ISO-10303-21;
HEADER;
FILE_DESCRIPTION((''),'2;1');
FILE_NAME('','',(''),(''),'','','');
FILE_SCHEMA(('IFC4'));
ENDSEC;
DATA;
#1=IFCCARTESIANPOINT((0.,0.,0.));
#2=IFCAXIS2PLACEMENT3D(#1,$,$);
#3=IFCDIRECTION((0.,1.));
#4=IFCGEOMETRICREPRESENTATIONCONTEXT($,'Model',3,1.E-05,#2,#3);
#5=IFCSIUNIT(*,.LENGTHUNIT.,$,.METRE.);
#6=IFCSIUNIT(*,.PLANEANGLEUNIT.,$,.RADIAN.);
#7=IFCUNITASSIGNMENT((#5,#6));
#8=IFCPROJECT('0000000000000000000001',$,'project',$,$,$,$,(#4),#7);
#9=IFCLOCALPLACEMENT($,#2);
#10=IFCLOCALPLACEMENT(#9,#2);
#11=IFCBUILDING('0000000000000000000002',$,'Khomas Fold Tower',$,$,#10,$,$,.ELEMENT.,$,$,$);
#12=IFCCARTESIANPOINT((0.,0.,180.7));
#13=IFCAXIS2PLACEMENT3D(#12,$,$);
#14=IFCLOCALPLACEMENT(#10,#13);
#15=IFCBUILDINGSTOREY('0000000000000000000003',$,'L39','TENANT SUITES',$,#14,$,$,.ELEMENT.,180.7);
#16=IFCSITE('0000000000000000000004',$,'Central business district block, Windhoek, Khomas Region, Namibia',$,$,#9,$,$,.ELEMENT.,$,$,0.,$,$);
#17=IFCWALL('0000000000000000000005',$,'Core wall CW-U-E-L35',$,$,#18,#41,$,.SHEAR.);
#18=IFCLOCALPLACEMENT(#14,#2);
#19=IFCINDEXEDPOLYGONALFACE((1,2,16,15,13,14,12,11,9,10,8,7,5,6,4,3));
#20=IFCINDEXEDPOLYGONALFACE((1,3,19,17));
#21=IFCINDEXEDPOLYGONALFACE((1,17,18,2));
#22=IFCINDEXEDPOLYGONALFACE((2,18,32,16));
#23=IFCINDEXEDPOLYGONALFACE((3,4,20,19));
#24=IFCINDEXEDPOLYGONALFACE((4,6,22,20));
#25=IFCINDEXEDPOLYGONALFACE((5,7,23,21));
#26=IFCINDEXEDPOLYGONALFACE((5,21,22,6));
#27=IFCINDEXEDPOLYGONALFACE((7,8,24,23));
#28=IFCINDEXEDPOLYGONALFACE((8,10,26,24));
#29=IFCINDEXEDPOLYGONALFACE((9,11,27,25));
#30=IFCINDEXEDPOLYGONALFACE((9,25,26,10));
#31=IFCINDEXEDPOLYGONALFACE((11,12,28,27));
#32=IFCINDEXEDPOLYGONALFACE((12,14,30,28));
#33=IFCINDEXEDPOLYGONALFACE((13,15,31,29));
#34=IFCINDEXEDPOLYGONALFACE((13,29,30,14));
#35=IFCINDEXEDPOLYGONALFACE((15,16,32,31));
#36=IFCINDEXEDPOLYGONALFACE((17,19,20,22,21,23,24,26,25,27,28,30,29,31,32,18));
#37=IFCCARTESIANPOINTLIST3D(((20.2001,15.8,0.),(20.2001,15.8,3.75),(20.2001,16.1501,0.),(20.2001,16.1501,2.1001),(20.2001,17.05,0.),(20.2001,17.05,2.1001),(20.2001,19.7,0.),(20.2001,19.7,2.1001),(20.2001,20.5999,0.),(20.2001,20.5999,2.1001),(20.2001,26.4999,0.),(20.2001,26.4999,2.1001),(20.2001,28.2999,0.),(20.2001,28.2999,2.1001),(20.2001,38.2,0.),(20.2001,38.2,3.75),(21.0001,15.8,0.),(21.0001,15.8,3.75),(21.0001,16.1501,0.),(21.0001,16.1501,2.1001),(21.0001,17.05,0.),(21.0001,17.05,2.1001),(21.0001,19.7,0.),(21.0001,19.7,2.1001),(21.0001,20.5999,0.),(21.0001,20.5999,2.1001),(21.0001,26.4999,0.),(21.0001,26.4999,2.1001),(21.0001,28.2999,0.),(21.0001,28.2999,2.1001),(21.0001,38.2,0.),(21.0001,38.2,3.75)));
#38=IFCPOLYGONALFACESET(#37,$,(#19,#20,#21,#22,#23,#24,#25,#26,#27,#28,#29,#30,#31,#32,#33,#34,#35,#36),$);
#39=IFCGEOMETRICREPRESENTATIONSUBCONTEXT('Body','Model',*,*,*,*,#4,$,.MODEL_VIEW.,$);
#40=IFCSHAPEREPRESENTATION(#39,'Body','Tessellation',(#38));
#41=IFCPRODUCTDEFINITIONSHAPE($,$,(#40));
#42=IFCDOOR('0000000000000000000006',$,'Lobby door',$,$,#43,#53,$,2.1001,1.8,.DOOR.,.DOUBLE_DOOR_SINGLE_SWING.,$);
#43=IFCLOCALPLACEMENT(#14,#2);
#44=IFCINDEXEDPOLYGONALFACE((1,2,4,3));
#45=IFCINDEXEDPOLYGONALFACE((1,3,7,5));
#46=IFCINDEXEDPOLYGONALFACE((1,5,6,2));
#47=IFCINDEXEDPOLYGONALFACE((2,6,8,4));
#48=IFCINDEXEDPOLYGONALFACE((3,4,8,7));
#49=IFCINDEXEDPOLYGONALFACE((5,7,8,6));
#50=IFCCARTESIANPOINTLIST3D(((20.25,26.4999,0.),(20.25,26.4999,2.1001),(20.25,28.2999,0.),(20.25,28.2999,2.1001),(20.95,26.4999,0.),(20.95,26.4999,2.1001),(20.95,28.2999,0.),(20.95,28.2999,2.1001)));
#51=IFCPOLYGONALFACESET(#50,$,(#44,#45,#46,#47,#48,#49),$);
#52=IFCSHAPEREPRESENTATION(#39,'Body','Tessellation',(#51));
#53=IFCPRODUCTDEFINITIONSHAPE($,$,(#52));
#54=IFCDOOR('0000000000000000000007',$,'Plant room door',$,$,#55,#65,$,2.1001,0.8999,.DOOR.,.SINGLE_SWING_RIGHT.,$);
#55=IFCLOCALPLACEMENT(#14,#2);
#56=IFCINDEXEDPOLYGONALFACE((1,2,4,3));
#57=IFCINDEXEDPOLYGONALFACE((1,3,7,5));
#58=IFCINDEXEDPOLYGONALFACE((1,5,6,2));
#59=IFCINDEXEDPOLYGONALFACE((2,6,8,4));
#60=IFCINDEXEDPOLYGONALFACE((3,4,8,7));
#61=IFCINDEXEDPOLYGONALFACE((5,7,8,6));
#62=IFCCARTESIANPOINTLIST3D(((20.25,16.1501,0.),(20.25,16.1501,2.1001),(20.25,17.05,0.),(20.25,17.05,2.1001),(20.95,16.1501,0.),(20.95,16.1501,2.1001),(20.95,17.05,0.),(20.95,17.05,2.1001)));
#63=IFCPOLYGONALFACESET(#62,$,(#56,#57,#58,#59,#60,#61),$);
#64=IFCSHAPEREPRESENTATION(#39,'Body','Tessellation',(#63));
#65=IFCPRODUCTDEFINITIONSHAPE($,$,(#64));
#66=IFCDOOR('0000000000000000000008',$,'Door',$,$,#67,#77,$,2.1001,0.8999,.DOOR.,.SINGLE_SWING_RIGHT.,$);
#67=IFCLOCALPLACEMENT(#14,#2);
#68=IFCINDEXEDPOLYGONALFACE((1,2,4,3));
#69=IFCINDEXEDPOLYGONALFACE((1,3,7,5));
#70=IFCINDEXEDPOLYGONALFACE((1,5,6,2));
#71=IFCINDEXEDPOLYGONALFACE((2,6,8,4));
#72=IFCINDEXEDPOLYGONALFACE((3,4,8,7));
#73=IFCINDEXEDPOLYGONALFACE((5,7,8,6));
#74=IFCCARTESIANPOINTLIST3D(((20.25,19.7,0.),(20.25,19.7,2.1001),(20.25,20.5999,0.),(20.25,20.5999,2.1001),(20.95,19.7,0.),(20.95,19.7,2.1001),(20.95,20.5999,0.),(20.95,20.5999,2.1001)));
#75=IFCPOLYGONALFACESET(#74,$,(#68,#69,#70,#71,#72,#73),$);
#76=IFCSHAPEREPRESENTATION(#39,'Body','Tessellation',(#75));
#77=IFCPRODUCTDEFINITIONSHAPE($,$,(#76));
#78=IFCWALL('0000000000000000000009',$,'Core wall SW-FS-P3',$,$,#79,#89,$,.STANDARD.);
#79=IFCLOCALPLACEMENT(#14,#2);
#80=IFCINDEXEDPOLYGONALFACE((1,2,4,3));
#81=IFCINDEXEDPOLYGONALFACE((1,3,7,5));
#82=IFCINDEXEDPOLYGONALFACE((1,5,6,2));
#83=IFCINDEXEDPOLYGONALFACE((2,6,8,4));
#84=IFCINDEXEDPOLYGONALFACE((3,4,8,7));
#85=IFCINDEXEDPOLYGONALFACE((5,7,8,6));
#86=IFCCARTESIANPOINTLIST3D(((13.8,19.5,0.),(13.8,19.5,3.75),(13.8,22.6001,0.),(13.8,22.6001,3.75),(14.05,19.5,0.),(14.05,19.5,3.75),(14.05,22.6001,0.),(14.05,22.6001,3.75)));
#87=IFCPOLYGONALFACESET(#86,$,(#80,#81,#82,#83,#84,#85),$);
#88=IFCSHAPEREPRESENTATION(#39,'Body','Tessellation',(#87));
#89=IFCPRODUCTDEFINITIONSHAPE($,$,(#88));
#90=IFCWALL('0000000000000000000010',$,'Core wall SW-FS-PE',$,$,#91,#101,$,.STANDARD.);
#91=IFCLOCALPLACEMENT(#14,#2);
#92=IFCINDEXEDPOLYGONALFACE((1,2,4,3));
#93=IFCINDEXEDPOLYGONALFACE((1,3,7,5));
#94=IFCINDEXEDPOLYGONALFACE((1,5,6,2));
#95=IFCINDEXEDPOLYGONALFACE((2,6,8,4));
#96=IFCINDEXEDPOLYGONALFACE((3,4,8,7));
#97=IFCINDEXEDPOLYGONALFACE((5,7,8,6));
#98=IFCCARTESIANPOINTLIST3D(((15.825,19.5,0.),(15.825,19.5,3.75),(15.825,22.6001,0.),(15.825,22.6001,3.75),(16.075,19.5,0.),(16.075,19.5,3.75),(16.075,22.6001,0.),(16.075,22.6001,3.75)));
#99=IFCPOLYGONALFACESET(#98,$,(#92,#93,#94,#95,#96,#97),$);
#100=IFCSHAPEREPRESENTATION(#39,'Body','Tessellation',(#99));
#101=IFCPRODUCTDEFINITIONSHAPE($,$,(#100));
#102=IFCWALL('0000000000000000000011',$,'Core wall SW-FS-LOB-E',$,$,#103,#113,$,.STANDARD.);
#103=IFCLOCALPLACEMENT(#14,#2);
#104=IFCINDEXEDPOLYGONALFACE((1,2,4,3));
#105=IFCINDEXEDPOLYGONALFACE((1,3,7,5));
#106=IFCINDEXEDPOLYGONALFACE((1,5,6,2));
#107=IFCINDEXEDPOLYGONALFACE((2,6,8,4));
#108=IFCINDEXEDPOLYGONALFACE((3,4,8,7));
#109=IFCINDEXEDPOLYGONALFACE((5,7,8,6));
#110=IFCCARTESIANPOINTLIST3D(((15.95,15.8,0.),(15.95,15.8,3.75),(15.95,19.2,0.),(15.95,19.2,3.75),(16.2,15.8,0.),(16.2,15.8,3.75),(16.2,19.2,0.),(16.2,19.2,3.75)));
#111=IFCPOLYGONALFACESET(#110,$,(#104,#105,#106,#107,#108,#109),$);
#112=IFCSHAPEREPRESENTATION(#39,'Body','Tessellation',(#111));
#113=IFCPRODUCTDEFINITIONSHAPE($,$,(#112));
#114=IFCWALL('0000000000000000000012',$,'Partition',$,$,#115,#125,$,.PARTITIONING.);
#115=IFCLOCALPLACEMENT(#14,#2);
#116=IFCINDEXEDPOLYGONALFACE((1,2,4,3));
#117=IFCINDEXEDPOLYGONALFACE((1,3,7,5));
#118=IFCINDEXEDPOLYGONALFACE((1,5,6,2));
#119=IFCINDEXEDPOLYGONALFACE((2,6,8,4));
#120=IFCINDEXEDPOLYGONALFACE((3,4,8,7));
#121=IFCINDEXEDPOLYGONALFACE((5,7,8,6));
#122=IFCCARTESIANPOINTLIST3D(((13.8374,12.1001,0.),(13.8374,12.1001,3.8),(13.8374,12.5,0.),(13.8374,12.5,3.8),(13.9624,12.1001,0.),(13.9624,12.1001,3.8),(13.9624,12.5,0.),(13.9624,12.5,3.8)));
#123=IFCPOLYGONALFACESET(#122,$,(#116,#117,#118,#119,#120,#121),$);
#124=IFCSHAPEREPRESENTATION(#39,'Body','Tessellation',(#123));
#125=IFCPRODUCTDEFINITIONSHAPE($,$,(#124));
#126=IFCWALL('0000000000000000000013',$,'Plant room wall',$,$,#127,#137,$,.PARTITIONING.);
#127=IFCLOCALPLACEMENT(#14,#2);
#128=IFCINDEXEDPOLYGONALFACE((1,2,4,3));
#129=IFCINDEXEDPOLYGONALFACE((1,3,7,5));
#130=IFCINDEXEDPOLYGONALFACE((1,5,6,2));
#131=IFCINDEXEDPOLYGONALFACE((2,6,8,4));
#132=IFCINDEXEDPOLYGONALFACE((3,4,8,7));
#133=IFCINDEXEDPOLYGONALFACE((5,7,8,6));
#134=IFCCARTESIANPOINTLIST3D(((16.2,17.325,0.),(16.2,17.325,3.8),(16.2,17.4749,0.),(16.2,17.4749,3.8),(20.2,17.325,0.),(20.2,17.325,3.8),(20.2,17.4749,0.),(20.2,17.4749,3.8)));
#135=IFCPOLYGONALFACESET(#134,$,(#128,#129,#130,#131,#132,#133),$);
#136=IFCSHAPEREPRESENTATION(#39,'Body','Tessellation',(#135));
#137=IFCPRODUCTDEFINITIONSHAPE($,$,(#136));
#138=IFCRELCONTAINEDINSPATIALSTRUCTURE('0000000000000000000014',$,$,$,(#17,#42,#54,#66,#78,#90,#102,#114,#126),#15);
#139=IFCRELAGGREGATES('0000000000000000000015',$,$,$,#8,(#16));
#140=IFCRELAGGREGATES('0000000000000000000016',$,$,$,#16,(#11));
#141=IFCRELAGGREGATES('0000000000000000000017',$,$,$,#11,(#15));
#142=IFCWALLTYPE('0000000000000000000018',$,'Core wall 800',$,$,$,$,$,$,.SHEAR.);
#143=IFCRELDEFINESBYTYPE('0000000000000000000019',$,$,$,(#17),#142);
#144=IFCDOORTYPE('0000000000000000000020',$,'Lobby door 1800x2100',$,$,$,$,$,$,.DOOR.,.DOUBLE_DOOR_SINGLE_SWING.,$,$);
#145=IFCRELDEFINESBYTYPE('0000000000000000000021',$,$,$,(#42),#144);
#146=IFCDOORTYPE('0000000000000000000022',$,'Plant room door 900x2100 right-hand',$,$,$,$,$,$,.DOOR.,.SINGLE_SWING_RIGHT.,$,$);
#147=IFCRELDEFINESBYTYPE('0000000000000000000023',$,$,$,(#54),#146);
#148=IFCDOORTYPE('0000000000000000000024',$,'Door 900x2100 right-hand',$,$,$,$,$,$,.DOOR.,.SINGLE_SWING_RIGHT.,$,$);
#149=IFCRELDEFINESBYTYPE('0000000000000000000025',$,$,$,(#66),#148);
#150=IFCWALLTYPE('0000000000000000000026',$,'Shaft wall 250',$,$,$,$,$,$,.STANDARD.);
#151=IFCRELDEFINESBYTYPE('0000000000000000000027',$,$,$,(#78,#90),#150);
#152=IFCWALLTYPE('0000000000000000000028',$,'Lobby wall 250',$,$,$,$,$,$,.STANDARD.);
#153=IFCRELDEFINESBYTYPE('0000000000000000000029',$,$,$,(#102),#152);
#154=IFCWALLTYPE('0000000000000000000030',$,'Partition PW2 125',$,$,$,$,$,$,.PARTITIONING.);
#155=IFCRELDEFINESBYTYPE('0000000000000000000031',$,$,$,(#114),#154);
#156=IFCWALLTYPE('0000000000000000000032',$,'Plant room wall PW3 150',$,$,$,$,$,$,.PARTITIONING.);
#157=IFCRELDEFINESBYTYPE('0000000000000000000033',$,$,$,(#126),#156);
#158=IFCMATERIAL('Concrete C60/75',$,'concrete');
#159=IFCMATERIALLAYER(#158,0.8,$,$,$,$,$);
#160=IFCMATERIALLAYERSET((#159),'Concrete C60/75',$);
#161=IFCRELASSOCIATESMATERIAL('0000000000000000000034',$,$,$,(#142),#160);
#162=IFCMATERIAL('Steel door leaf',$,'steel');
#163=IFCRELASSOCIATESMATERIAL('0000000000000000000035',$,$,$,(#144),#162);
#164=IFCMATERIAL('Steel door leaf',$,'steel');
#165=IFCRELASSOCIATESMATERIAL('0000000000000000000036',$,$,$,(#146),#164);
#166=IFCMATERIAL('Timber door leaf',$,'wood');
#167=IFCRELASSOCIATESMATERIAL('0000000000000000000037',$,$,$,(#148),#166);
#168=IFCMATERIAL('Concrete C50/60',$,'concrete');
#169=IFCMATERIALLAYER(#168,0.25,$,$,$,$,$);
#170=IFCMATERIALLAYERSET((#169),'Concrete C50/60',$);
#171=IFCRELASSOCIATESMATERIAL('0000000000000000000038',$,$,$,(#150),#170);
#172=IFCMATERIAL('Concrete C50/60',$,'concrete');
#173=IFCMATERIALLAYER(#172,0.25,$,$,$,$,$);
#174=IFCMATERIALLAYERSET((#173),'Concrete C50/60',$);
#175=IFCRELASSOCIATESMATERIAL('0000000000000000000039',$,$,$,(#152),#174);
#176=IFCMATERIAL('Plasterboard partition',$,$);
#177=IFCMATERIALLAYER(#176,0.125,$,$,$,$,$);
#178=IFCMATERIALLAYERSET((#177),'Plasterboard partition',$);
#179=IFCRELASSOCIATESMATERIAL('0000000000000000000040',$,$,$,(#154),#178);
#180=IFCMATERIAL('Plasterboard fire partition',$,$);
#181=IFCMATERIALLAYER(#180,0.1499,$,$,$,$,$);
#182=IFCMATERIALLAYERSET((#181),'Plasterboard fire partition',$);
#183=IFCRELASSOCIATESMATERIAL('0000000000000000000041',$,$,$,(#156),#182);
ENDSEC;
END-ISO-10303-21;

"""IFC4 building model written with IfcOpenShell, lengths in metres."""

from ifc_helpers import new_model, si_unit, direction, frame, frame_2d, origin, place, context, subcontext, project, spatial, rectangle, extrude, source, transform, mapped, material, layer, layer_set, type_object, element, fill, save


model = new_model("IFC4")

# Units and contexts
model_context = context("Model", 3, precision=1e-05, world=origin(), true_north=direction((0.0, 1.0)))
body_context = subcontext(model_context, "Body", "Model", "MODEL_VIEW")
ifc_project = project(units=[si_unit("LENGTHUNIT", "METRE"), si_unit("PLANEANGLEUNIT", "RADIAN")], contexts=[model_context])

# Site, building, storey
site_placement = place(None, origin())
site = spatial("IfcSite", under=ifc_project, at=site_placement, Name="Central business district block, Windhoek, Khomas Region, Namibia", CompositionType="ELEMENT", RefElevation=0.0)
building_placement = place(site_placement, origin())
building = spatial("IfcBuilding", under=site, at=building_placement, Name="Khomas Fold Tower", CompositionType="ELEMENT")
storey_placement = place(building_placement, frame((0.0, 0.0, 180.7)))
storey = spatial("IfcBuildingStorey", under=building, at=storey_placement, Name="L39", Description="TENANT SUITES", CompositionType="ELEMENT", Elevation=180.7)

# Wall, openings, doors
ifc_material_1 = material(Name="Concrete C60/75", Category="concrete")
ifc_layer_1 = layer(ifc_material_1, 0.8)
ifc_layer_set_1 = layer_set([ifc_layer_1], Name="Concrete C60/75")
wall_type_1 = type_object("IfcWallType", Name="Core wall 800", PredefinedType="SHEAR", material=ifc_layer_set_1)
shared_shape_1 = source(origin(), body_context, "Body", "SweptSolid", [
    extrude(rectangle(XDim=22.3999, YDim=0.8, at=frame_2d((11.2, 0.0))), origin(), (0.0, 0.0, 1.0), 3.75),
])
wall_1_placement = place(storey_placement, frame((20.6001, 15.8, 0.0), z_axis=(0.0, 0.0, 1.0), x_axis=(0.0, 1.0, 0.0)))
wall_1 = element("IfcWall", 1, at=wall_1_placement, inside=storey, type_object=wall_type_1, Name="Core wall CW-U-E-L35", PredefinedType="SHEAR", context=body_context, shape_type="MappedRepresentation", body=[
    mapped(shared_shape_1, transform((0.0, 0.0, 0.0))),
])
shared_shape_2 = source(origin(), body_context, "Body", "SweptSolid", [
    extrude(rectangle(XDim=1.8, YDim=2.1001, at=frame_2d((0.8999, 1.05))), frame((0.0, 0.4099, 0.0), z_axis=(0.0, -1.0, 0.0), x_axis=(1.0, 0.0, 0.0)), (0.0, 0.0, 1.0), 0.8201),
])
opening_1_placement = place(wall_1_placement, frame((10.7, 0.0, 0.0)))
opening_1 = element("IfcOpeningElement", 2, at=opening_1_placement, cuts=wall_1, PredefinedType="OPENING", context=body_context, shape_type="MappedRepresentation", body=[
    mapped(shared_shape_2, transform((0.0, 0.0, 0.0))),
])
shared_shape_3 = source(origin(), body_context, "Body", "SweptSolid", [
    extrude(rectangle(XDim=0.8999, YDim=2.1001, at=frame_2d((0.45, 1.05))), frame((0.0, 0.4099, 0.0), z_axis=(0.0, -1.0, 0.0), x_axis=(1.0, 0.0, 0.0)), (0.0, 0.0, 1.0), 0.8201),
])
opening_2_placement = place(wall_1_placement, frame((0.3501, 0.0, 0.0)))
opening_2 = element("IfcOpeningElement", 3, at=opening_2_placement, cuts=wall_1, PredefinedType="OPENING", context=body_context, shape_type="MappedRepresentation", body=[
    mapped(shared_shape_3, transform((0.0, 0.0, 0.0))),
])
opening_3_placement = place(wall_1_placement, frame((3.8999, 0.0, 0.0)))
opening_3 = element("IfcOpeningElement", 4, at=opening_3_placement, cuts=wall_1, PredefinedType="OPENING", context=body_context, shape_type="MappedRepresentation", body=[
    mapped(shared_shape_3, transform((0.0, 0.0, 0.0))),
])
ifc_material_2 = material(Name="Steel door leaf", Category="steel")
door_type_1 = type_object("IfcDoorType", Name="Lobby door 1800x2100", OperationType="DOUBLE_DOOR_SINGLE_SWING", PredefinedType="DOOR", material=ifc_material_2)
shared_shape_4 = source(origin(), body_context, "Body", "SweptSolid", [
    extrude(rectangle(XDim=1.8, YDim=2.1001, at=frame_2d((0.8999, 1.05))), frame((0.0, 0.3501, 0.0), z_axis=(0.0, -1.0, 0.0), x_axis=(1.0, 0.0, 0.0)), (0.0, 0.0, 1.0), 0.7),
])
door_1_placement = place(opening_1_placement, origin())
door_1 = element("IfcDoor", 5, at=door_1_placement, inside=storey, type_object=door_type_1, Name="Lobby door", OperationType="DOUBLE_DOOR_SINGLE_SWING", OverallHeight=2.1001, OverallWidth=1.8, PredefinedType="DOOR", context=body_context, shape_type="MappedRepresentation", body=[
    mapped(shared_shape_4, transform((0.0, 0.0, 0.0))),
])
fill(opening_1, door_1)
ifc_material_3 = material(Name="Steel door leaf", Category="steel")
door_type_2 = type_object("IfcDoorType", Name="Plant room door 900x2100 right-hand", OperationType="SINGLE_SWING_RIGHT", PredefinedType="DOOR", material=ifc_material_3)
shared_shape_5 = source(origin(), body_context, "Body", "SweptSolid", [
    extrude(rectangle(XDim=0.8999, YDim=2.1001, at=frame_2d((0.45, 1.05))), frame((0.0, 0.3501, 0.0), z_axis=(0.0, -1.0, 0.0), x_axis=(1.0, 0.0, 0.0)), (0.0, 0.0, 1.0), 0.7),
])
door_2_placement = place(opening_2_placement, origin())
door_2 = element("IfcDoor", 6, at=door_2_placement, inside=storey, type_object=door_type_2, Name="Plant room door", OperationType="SINGLE_SWING_RIGHT", OverallHeight=2.1001, OverallWidth=0.8999, PredefinedType="DOOR", context=body_context, shape_type="MappedRepresentation", body=[
    mapped(shared_shape_5, transform((0.0, 0.0, 0.0))),
])
fill(opening_2, door_2)
ifc_material_4 = material(Name="Timber door leaf", Category="wood")
door_type_3 = type_object("IfcDoorType", Name="Door 900x2100 right-hand", OperationType="SINGLE_SWING_RIGHT", PredefinedType="DOOR", material=ifc_material_4)
door_3_placement = place(opening_3_placement, origin())
door_3 = element("IfcDoor", 7, at=door_3_placement, inside=storey, type_object=door_type_3, Name="Door", OperationType="SINGLE_SWING_RIGHT", OverallHeight=2.1001, OverallWidth=0.8999, PredefinedType="DOOR", context=body_context, shape_type="MappedRepresentation", body=[
    mapped(shared_shape_5, transform((0.0, 0.0, 0.0))),
])
fill(opening_3, door_3)

# Walls
ifc_material_5 = material(Name="Concrete C50/60", Category="concrete")
ifc_layer_2 = layer(ifc_material_5, 0.25)
ifc_layer_set_2 = layer_set([ifc_layer_2], Name="Concrete C50/60")
wall_type_2 = type_object("IfcWallType", Name="Shaft wall 250", PredefinedType="STANDARD", material=ifc_layer_set_2)
shared_shape_6 = source(origin(), body_context, "Body", "SweptSolid", [
    extrude(rectangle(XDim=3.1001, YDim=0.25, at=frame_2d((1.55, 0.0))), origin(), (0.0, 0.0, 1.0), 3.75),
])
for number, where, z_axis, x_axis, name in (
    (8, (13.925, 19.5, 0.0), (0.0, 0.0, 1.0), (0.0, 1.0, 0.0), "Core wall SW-FS-P3"),
    (9, (15.95, 19.5, 0.0), (0.0, 0.0, 1.0), (0.0, 1.0, 0.0), "Core wall SW-FS-PE"),
):
    element("IfcWall", number, at=place(storey_placement, frame(where, z_axis=z_axis, x_axis=x_axis)), inside=storey, type_object=wall_type_2, Name=name, PredefinedType="STANDARD", context=body_context, shape_type="MappedRepresentation", body=[
        mapped(shared_shape_6, transform((0.0, 0.0, 0.0))),
    ])
ifc_material_6 = material(Name="Concrete C50/60", Category="concrete")
ifc_layer_3 = layer(ifc_material_6, 0.25)
ifc_layer_set_3 = layer_set([ifc_layer_3], Name="Concrete C50/60")
wall_type_3 = type_object("IfcWallType", Name="Lobby wall 250", PredefinedType="STANDARD", material=ifc_layer_set_3)
shared_shape_7 = source(origin(), body_context, "Body", "SweptSolid", [
    extrude(rectangle(XDim=3.3999, YDim=0.25, at=frame_2d((1.7, 0.0))), origin(), (0.0, 0.0, 1.0), 3.75),
])
wall_2_placement = place(storey_placement, frame((16.075, 15.8, 0.0), z_axis=(0.0, 0.0, 1.0), x_axis=(0.0, 1.0, 0.0)))
element("IfcWall", 10, at=wall_2_placement, inside=storey, type_object=wall_type_3, Name="Core wall SW-FS-LOB-E", PredefinedType="STANDARD", context=body_context, shape_type="MappedRepresentation", body=[
    mapped(shared_shape_7, transform((0.0, 0.0, 0.0))),
])
ifc_material_7 = material(Name="Plasterboard partition")
ifc_layer_4 = layer(ifc_material_7, 0.125)
ifc_layer_set_4 = layer_set([ifc_layer_4], Name="Plasterboard partition")
wall_type_4 = type_object("IfcWallType", Name="Partition PW2 125", PredefinedType="PARTITIONING", material=ifc_layer_set_4)
shared_shape_8 = source(origin(), body_context, "Body", "SweptSolid", [
    extrude(rectangle(XDim=0.3999, YDim=0.125, at=frame_2d((0.2, 0.0))), origin(), (0.0, 0.0, 1.0), 3.8),
])
wall_3_placement = place(storey_placement, frame((13.8999, 12.1001, 0.0), z_axis=(0.0, 0.0, 1.0), x_axis=(0.0, 1.0, 0.0)))
element("IfcWall", 11, at=wall_3_placement, inside=storey, type_object=wall_type_4, Name="Partition", PredefinedType="PARTITIONING", context=body_context, shape_type="MappedRepresentation", body=[
    mapped(shared_shape_8, transform((0.0, 0.0, 0.0))),
])
ifc_material_8 = material(Name="Plasterboard fire partition")
ifc_layer_5 = layer(ifc_material_8, 0.1499)
ifc_layer_set_5 = layer_set([ifc_layer_5], Name="Plasterboard fire partition")
wall_type_5 = type_object("IfcWallType", Name="Plant room wall PW3 150", PredefinedType="PARTITIONING", material=ifc_layer_set_5)
shared_shape_9 = source(origin(), body_context, "Body", "SweptSolid", [
    extrude(rectangle(XDim=4.0, YDim=0.1499, at=frame_2d((2.0, 0.0))), origin(), (0.0, 0.0, 1.0), 3.8),
])
wall_4_placement = place(storey_placement, frame((16.2, 17.3999, 0.0), z_axis=(0.0, 0.0, 1.0), x_axis=(1.0, 0.0, 0.0)))
element("IfcWall", 12, at=wall_4_placement, inside=storey, type_object=wall_type_5, Name="Plant room wall", PredefinedType="PARTITIONING", context=body_context, shape_type="MappedRepresentation", body=[
    mapped(shared_shape_9, transform((0.0, 0.0, 0.0))),
])

save(model, "model.ifc")
